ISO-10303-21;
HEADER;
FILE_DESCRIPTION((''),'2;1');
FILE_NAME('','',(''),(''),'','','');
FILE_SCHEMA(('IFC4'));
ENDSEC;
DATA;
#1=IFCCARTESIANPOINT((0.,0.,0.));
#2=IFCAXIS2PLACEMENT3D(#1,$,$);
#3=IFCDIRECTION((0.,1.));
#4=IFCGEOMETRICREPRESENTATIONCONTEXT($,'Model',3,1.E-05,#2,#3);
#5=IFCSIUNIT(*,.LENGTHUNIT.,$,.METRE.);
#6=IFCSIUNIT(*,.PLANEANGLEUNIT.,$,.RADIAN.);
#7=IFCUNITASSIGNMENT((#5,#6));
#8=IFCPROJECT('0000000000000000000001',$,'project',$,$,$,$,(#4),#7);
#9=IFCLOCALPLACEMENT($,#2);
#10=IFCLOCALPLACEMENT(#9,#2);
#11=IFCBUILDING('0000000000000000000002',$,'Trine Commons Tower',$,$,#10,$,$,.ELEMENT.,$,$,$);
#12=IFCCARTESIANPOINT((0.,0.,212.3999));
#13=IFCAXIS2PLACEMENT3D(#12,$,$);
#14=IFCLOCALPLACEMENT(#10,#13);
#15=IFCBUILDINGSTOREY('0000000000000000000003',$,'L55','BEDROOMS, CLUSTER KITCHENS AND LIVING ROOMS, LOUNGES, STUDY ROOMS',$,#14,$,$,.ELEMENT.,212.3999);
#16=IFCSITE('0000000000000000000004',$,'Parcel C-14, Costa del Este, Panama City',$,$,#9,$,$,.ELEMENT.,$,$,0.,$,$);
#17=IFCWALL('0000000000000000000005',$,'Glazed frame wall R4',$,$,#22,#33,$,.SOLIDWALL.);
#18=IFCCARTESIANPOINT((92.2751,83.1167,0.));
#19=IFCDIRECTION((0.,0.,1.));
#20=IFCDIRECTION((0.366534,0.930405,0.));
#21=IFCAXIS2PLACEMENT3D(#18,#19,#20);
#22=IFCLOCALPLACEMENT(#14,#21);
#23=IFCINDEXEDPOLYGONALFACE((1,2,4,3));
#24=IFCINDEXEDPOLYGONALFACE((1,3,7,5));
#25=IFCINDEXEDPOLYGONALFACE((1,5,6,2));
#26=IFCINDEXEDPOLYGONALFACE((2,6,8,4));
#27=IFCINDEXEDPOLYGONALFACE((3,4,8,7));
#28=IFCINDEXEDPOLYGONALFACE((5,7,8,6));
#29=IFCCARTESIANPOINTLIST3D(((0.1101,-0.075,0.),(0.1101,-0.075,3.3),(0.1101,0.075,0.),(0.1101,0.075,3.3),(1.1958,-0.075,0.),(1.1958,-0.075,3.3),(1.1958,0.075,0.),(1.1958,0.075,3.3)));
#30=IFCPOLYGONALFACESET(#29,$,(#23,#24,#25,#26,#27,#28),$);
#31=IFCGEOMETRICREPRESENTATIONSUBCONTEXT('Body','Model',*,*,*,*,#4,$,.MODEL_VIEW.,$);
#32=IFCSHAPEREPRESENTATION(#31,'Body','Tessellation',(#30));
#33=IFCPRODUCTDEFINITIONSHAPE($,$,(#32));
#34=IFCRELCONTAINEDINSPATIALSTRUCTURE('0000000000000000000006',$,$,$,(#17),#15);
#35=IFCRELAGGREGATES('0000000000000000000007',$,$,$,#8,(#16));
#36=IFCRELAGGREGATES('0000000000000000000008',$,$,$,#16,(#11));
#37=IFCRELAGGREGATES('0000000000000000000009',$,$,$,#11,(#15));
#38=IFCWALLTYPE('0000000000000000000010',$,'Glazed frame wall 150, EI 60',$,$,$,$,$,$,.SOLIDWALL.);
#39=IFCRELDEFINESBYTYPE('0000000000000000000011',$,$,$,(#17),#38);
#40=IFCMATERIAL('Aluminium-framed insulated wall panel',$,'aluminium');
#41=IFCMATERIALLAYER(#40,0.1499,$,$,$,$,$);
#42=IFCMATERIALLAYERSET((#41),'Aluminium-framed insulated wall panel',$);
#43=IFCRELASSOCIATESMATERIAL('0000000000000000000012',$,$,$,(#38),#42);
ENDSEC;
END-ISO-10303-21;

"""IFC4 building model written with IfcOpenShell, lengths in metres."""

from ifc_helpers import new_model, si_unit, direction, frame, origin, place, context, subcontext, project, spatial, polyline, outline, extrude, material, layer, layer_set, type_object, element, save


model = new_model("IFC4")

# Units and contexts
model_context = context("Model", 3, precision=1e-05, world=origin(), true_north=direction((0.0, 1.0)))
body_context = subcontext(model_context, "Body", "Model", "MODEL_VIEW")
ifc_project = project(units=[si_unit("LENGTHUNIT", "METRE"), si_unit("PLANEANGLEUNIT", "RADIAN")], contexts=[model_context])

# Site, building, storey
site_placement = place(None, origin())
site = spatial("IfcSite", under=ifc_project, at=site_placement, Name="Parcel C-14, Costa del Este, Panama City", CompositionType="ELEMENT", RefElevation=0.0)
building_placement = place(site_placement, origin())
building = spatial("IfcBuilding", under=site, at=building_placement, Name="Trine Commons Tower", CompositionType="ELEMENT")
storey_placement = place(building_placement, frame((0.0, 0.0, 212.3999)))
storey = spatial("IfcBuildingStorey", under=building, at=storey_placement, Name="L55", Description="BEDROOMS, CLUSTER KITCHENS AND LIVING ROOMS, LOUNGES, STUDY ROOMS", CompositionType="ELEMENT", Elevation=212.3999)

# Shared definitions
ifc_material_1 = material(Name="Aluminium-framed insulated wall panel", Category="aluminium")
ifc_layer_1 = layer(ifc_material_1, 0.1499)
ifc_layer_set_1 = layer_set([ifc_layer_1], Name="Aluminium-framed insulated wall panel")
wall_type_1 = type_object("IfcWallType", Name="Glazed frame wall 150, EI 60", PredefinedType="SOLIDWALL", material=ifc_layer_set_1)

# Wall
wall_1_placement = place(storey_placement, frame((92.2751, 83.1167, 0.0), z_axis=(0.0, 0.0, 1.0), x_axis=(0.366534, 0.930405, 0.0)))
element("IfcWall", 1, at=wall_1_placement, inside=storey, type_object=wall_type_1, Name="Glazed frame wall R4", PredefinedType="SOLIDWALL", context=body_context, shape_type="SweptSolid", body=[
    extrude(outline(polyline([(0.1101, 0.075), (0.1101, -0.075), (1.1958, -0.075), (1.1958, 0.075), (0.1101, 0.075)])), origin(), (0.0, 0.0, 1.0), 3.3),
])

save(model, "model.ifc")
